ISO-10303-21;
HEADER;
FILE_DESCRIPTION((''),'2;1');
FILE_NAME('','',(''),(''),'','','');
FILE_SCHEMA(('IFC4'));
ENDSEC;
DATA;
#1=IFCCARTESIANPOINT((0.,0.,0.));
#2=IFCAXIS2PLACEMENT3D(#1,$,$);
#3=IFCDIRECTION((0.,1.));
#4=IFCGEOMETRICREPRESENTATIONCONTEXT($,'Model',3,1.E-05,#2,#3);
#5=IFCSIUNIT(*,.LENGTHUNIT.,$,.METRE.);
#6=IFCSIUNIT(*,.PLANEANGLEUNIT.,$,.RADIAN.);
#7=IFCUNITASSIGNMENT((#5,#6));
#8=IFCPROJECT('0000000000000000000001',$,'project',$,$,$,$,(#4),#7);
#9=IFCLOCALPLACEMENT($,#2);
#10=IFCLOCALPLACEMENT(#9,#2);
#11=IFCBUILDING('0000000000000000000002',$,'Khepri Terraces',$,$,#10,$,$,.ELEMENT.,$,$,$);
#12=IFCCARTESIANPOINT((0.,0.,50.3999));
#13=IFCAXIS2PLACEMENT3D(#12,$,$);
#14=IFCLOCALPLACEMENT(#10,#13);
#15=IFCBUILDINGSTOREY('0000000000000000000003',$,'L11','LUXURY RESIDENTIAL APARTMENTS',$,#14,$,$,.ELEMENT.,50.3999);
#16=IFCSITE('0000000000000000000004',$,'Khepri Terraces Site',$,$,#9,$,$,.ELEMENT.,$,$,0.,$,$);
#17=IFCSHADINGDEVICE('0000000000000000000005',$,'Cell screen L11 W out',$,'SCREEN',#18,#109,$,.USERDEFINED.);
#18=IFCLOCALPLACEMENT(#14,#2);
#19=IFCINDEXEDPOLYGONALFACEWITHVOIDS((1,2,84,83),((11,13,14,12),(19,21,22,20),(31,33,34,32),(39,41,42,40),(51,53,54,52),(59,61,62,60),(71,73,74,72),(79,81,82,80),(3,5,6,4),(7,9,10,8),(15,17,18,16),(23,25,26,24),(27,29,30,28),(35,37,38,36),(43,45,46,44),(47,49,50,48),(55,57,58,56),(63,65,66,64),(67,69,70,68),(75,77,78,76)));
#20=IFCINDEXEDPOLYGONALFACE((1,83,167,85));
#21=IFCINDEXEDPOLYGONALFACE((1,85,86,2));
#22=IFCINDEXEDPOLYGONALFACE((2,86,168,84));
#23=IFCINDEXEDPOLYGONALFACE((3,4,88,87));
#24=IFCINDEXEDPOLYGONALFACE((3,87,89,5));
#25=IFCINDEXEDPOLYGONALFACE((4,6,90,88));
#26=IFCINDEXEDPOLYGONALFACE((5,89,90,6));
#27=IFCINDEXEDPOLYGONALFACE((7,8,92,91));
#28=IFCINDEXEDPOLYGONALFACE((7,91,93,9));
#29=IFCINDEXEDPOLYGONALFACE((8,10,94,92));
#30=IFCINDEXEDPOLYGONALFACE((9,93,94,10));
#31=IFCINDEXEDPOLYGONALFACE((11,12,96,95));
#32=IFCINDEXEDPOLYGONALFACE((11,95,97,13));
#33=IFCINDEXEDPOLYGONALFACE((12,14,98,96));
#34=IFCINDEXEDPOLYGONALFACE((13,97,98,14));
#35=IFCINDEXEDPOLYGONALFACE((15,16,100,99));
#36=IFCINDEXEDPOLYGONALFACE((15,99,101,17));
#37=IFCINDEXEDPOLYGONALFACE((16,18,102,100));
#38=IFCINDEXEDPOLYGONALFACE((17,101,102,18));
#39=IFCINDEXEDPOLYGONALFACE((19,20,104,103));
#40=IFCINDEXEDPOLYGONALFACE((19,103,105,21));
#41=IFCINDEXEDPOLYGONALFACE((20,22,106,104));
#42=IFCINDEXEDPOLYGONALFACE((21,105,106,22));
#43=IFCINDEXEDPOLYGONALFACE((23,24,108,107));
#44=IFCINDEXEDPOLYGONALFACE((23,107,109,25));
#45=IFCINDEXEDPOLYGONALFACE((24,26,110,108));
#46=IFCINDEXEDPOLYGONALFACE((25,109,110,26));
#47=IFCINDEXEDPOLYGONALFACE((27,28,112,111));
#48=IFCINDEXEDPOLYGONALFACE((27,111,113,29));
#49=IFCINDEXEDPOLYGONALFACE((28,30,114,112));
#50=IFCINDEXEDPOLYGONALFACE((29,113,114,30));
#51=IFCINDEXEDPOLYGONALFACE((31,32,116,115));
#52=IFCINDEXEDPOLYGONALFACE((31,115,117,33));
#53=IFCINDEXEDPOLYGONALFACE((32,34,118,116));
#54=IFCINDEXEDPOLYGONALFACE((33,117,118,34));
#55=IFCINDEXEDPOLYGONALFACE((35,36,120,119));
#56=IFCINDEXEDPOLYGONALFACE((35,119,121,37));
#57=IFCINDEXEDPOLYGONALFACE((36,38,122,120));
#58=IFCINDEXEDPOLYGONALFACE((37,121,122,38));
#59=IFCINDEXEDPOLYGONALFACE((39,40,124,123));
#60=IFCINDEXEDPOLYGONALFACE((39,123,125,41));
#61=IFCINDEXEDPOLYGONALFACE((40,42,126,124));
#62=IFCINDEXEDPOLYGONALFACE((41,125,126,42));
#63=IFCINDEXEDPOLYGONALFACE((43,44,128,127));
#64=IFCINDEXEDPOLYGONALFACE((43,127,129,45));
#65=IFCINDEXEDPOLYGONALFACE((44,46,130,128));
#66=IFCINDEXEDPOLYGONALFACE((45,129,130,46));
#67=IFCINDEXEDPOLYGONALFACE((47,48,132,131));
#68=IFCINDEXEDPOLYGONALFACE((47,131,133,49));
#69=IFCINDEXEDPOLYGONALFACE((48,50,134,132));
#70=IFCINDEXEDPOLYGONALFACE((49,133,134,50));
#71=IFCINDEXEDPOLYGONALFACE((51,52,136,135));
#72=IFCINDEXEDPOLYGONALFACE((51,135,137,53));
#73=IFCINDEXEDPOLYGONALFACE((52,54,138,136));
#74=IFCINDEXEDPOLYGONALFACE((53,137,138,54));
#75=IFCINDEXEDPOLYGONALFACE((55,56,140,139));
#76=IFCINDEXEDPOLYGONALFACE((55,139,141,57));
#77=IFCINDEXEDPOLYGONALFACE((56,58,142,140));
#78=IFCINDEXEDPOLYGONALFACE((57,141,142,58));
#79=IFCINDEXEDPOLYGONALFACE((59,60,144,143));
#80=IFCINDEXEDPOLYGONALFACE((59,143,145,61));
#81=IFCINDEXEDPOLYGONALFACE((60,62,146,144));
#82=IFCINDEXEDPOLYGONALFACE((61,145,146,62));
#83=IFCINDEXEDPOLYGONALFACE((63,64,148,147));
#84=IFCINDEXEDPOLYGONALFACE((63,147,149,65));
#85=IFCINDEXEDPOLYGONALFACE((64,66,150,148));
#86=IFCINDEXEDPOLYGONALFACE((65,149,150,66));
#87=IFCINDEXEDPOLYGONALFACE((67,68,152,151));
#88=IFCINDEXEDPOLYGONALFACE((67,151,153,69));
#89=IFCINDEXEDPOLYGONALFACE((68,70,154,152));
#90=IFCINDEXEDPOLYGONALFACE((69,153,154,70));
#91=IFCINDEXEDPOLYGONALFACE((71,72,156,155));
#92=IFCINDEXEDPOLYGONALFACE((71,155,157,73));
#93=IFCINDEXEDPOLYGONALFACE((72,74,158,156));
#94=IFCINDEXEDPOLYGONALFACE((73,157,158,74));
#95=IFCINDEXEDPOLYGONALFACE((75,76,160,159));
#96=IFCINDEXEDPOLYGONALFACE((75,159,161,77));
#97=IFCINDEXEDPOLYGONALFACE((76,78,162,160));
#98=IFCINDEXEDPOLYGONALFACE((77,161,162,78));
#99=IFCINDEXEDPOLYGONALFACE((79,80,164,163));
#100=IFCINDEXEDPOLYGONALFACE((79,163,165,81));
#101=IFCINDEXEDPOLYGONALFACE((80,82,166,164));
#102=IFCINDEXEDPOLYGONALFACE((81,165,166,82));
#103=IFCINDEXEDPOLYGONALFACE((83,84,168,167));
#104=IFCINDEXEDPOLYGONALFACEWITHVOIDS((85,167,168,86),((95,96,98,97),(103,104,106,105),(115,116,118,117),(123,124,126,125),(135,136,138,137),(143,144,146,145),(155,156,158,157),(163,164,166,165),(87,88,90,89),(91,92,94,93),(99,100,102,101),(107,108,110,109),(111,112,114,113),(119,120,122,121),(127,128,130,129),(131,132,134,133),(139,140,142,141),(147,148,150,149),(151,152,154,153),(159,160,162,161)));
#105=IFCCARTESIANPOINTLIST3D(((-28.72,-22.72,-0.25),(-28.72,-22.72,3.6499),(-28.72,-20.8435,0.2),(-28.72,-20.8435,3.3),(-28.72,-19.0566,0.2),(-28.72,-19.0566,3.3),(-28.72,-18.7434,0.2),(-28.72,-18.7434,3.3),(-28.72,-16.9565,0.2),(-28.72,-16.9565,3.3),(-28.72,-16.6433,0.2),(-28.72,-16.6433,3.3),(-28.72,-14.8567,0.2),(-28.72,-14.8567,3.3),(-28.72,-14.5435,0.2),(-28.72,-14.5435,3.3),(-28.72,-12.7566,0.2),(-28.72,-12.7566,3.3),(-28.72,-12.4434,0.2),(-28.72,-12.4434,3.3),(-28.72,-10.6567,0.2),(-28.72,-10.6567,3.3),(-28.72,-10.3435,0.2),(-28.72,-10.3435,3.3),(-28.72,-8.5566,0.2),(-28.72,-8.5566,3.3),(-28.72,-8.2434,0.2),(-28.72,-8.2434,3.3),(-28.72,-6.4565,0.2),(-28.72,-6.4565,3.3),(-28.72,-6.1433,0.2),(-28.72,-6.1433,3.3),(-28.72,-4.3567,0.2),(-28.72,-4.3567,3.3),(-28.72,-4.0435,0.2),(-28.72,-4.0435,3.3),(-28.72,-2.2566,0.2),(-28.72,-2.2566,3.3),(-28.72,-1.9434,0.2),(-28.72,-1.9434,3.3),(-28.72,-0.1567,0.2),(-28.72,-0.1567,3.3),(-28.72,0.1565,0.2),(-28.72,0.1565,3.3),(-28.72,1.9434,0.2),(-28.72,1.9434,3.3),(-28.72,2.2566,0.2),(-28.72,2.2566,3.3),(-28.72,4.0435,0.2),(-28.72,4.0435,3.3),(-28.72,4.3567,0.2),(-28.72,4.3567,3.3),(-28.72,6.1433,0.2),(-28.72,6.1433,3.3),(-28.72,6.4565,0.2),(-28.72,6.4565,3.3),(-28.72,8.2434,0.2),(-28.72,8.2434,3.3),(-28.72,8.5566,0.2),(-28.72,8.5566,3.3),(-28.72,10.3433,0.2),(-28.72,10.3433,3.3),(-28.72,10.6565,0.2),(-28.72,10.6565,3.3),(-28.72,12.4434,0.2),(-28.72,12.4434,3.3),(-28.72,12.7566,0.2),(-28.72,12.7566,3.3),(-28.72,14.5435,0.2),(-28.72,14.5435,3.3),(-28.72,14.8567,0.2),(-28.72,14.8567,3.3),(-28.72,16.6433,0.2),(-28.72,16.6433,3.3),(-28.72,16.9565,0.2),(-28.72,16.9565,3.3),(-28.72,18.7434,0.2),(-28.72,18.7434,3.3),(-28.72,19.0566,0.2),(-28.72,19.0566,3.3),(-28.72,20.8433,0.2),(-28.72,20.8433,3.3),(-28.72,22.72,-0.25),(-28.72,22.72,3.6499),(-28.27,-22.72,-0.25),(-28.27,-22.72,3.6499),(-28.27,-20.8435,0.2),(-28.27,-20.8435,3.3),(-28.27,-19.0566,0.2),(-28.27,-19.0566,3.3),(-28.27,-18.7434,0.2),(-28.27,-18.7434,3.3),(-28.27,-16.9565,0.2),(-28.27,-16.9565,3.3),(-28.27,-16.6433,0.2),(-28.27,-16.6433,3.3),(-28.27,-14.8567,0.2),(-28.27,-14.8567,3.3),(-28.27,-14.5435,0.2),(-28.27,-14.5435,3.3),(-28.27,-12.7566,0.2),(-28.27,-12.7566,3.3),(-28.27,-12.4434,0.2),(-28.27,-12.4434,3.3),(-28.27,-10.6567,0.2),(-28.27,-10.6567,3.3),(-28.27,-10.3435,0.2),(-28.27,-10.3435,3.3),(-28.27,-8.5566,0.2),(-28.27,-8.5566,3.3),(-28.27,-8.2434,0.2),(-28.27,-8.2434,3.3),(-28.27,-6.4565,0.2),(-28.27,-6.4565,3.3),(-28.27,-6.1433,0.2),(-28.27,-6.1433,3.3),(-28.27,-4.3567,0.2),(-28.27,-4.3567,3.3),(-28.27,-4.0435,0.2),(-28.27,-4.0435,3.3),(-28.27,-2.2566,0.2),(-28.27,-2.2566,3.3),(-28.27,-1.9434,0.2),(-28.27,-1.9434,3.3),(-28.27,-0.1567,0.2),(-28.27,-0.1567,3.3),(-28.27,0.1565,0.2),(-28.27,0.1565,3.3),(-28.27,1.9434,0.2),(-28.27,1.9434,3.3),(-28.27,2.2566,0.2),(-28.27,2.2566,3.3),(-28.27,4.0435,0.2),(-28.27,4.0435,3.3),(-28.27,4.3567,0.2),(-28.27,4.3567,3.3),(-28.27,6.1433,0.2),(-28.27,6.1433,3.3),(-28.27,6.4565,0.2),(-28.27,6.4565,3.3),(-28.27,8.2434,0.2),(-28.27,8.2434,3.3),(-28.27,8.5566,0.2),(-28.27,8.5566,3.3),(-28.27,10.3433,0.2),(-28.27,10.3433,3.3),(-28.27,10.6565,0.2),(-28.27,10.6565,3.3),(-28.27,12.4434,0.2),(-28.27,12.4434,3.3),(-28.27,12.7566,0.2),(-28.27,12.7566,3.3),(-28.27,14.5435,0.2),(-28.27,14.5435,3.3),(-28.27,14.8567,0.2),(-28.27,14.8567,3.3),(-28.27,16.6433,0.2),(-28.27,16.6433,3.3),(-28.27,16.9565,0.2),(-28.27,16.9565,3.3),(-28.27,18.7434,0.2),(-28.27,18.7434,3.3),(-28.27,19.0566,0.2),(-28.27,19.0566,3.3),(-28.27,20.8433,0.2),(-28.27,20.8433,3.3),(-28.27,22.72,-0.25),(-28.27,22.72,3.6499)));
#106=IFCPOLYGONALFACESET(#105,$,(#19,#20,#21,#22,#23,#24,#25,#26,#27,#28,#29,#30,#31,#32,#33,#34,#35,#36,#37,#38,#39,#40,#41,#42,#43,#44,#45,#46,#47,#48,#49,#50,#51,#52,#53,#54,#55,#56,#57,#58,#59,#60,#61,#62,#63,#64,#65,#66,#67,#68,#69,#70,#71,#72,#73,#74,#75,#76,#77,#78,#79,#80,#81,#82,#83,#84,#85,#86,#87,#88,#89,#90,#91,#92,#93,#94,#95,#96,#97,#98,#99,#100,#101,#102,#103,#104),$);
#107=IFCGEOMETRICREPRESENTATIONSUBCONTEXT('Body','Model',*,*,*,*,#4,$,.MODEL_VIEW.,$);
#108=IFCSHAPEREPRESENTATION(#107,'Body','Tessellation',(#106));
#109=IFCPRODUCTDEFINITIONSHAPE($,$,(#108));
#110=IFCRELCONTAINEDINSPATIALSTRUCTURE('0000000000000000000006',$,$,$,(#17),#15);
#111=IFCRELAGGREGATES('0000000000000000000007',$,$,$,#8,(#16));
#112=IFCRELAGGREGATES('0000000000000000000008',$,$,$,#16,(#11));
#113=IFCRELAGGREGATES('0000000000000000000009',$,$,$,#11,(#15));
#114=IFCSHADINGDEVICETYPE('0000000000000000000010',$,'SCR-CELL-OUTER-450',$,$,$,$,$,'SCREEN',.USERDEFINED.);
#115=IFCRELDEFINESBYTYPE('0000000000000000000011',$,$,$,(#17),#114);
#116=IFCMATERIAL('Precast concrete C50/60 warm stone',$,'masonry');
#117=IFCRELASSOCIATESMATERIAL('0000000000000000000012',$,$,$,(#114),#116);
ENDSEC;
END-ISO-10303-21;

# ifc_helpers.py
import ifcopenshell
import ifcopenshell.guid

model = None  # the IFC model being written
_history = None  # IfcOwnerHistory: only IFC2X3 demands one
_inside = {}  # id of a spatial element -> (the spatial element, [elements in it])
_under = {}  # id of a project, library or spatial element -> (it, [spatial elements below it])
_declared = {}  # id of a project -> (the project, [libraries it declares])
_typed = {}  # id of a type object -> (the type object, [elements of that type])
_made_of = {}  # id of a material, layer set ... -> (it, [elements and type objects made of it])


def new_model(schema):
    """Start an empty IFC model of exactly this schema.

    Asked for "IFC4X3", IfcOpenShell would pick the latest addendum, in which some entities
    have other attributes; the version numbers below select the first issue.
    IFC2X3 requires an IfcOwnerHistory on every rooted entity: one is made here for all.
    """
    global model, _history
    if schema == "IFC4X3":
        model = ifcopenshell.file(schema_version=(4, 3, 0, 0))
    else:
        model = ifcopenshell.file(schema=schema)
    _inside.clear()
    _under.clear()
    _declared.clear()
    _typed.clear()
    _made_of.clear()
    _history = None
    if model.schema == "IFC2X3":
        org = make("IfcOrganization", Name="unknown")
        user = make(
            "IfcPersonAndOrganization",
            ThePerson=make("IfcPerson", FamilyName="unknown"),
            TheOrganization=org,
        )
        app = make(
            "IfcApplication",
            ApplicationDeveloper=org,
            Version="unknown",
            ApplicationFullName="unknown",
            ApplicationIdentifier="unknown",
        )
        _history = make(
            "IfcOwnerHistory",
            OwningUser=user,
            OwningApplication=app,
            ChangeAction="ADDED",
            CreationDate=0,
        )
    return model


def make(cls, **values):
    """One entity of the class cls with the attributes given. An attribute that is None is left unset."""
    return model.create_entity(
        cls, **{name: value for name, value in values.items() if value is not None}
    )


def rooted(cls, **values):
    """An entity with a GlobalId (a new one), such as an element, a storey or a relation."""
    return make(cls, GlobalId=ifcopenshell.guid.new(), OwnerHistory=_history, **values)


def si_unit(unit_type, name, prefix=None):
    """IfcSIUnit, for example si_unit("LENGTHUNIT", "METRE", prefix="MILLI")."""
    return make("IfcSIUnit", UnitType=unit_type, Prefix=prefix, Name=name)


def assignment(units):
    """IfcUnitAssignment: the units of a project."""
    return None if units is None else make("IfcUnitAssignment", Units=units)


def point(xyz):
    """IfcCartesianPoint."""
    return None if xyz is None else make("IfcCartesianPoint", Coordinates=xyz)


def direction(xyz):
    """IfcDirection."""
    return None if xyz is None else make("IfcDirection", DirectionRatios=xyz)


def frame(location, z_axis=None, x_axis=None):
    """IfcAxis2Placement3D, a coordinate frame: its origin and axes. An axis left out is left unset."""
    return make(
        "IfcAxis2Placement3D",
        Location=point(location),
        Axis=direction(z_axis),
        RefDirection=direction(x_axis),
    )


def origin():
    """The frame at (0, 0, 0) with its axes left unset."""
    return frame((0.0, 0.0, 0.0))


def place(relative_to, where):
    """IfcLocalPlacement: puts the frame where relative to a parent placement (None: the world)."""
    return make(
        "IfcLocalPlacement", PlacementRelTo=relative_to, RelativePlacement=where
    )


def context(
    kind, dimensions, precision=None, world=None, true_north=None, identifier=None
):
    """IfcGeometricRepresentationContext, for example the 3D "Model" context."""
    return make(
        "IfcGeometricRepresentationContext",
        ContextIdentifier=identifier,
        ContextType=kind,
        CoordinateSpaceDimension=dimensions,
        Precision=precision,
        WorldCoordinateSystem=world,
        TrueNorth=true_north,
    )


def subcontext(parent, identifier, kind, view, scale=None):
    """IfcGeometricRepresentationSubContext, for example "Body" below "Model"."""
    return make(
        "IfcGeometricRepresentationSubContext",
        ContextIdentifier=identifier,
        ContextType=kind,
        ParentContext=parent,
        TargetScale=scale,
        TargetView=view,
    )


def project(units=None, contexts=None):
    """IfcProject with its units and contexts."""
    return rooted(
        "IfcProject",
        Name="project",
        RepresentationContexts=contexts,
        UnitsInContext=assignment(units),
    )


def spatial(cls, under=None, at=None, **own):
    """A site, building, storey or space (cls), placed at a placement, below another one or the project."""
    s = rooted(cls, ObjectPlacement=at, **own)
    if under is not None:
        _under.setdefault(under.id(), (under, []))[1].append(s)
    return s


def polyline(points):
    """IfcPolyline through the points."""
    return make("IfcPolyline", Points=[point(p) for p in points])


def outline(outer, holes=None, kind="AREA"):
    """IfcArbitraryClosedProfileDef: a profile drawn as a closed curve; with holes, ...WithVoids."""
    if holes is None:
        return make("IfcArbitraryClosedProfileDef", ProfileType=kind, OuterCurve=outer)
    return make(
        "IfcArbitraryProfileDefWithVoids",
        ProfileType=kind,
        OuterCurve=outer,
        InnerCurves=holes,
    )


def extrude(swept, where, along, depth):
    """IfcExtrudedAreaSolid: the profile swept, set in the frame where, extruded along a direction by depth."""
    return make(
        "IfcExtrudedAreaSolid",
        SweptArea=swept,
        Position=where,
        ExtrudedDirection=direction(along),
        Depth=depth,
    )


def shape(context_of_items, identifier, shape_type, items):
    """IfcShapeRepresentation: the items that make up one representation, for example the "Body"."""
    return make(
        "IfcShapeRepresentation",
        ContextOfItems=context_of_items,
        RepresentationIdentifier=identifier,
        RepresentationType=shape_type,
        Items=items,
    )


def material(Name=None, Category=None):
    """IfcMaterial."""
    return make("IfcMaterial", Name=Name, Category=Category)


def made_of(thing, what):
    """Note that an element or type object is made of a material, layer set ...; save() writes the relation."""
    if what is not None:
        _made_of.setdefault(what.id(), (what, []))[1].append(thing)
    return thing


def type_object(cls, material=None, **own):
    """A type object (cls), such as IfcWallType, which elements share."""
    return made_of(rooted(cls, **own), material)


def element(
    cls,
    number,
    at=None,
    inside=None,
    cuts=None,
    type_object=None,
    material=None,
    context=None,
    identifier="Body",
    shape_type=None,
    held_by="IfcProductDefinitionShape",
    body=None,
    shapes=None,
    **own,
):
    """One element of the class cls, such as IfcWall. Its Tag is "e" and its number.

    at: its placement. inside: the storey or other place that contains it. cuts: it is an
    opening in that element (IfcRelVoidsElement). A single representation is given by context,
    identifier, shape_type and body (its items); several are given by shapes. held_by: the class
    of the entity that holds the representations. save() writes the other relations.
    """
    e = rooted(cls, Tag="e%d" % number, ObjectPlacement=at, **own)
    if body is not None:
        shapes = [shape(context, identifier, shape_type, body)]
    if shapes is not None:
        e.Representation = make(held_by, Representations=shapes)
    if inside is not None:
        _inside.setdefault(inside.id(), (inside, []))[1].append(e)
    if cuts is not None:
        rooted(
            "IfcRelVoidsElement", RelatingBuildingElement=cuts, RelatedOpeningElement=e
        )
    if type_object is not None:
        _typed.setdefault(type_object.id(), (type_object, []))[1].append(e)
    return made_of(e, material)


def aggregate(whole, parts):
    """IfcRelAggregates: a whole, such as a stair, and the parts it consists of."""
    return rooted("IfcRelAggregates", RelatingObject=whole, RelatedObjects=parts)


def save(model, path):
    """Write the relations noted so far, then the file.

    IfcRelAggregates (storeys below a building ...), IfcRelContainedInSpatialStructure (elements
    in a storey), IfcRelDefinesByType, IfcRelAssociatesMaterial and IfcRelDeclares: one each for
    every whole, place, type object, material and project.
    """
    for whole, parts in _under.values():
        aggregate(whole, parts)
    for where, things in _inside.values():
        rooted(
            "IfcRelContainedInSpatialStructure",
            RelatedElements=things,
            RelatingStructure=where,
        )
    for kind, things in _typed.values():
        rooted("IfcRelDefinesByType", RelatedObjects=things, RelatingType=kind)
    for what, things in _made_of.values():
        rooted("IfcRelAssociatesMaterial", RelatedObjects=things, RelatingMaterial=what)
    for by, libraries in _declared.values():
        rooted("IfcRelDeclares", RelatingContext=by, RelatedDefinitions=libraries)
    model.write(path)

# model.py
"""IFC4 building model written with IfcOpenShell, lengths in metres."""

from ifc_helpers import new_model, si_unit, direction, frame, origin, place, context, subcontext, project, spatial, polyline, outline, extrude, material, type_object, element, save


model = new_model("IFC4")

# Units and contexts
model_context = context("Model", 3, precision=1e-05, world=origin(), true_north=direction((0.0, 1.0)))
body_context = subcontext(model_context, "Body", "Model", "MODEL_VIEW")
ifc_project = project(units=[si_unit("LENGTHUNIT", "METRE"), si_unit("PLANEANGLEUNIT", "RADIAN")], contexts=[model_context])

# Site, building, storey
site_placement = place(None, origin())
site = spatial("IfcSite", under=ifc_project, at=site_placement, Name="Khepri Terraces Site", CompositionType="ELEMENT", RefElevation=0.0)
building_placement = place(site_placement, origin())
building = spatial("IfcBuilding", under=site, at=building_placement, Name="Khepri Terraces", CompositionType="ELEMENT")
storey_placement = place(building_placement, frame((0.0, 0.0, 50.3999)))
storey = spatial("IfcBuildingStorey", under=building, at=storey_placement, Name="L11", Description="LUXURY RESIDENTIAL APARTMENTS", CompositionType="ELEMENT", Elevation=50.3999)

# Shared definitions
ifc_material_1 = material(Name="Precast concrete C50/60 warm stone", Category="masonry")

# Shading device
shading_device_type_1 = type_object("IfcShadingDeviceType", Name="SCR-CELL-OUTER-450", ElementType="SCREEN", PredefinedType="USERDEFINED", material=ifc_material_1)
shading_device_1_placement = place(storey_placement, frame((-28.27, 22.72, -0.25), z_axis=(-1.0, 0.0, 0.0), x_axis=(0.0, -1.0, 0.0)))
element("IfcShadingDevice", 1, at=shading_device_1_placement, inside=storey, type_object=shading_device_type_1, Name="Cell screen L11 W out", ObjectType="SCREEN", PredefinedType="USERDEFINED", context=body_context, shape_type="SweptSolid", body=[
    extrude(outline(polyline([(0.0, 0.0), (45.4399, 0.0), (45.4399, 3.8999), (0.0, 3.8999), (0.0, 0.0)]), holes=[polyline([(1.8767, 0.45), (3.6633, 0.45), (3.6633, 3.55), (1.8767, 3.55), (1.8767, 0.45)]), polyline([(3.9766, 0.45), (5.7634, 0.45), (5.7634, 3.55), (3.9766, 3.55), (3.9766, 0.45)]), polyline([(6.0767, 0.45), (7.8633, 0.45), (7.8633, 3.55), (6.0767, 3.55), (6.0767, 0.45)]), polyline([(8.1765, 0.45), (9.9634, 0.45), (9.9634, 3.55), (8.1765, 3.55), (8.1765, 0.45)]), polyline([(10.2766, 0.45), (12.0635, 0.45), (12.0635, 3.55), (10.2766, 3.55), (10.2766, 0.45)]), polyline([(12.3767, 0.45), (14.1633, 0.45), (14.1633, 3.55), (12.3767, 3.55), (12.3767, 0.45)]), polyline([(14.4766, 0.45), (16.2634, 0.45), (16.2634, 3.55), (14.4766, 3.55), (14.4766, 0.45)]), polyline([(16.5767, 0.45), (18.3633, 0.45), (18.3633, 3.55), (16.5767, 3.55), (16.5767, 0.45)]), polyline([(18.6765, 0.45), (20.4634, 0.45), (20.4634, 3.55), (18.6765, 3.55), (18.6765, 0.45)]), polyline([(20.7766, 0.45), (22.5635, 0.45), (22.5635, 3.55), (20.7766, 3.55), (20.7766, 0.45)]), polyline([(22.8767, 0.45), (24.6633, 0.45), (24.6633, 3.55), (22.8767, 3.55), (22.8767, 0.45)]), polyline([(24.9766, 0.45), (26.7634, 0.45), (26.7634, 3.55), (24.9766, 3.55), (24.9766, 0.45)]), polyline([(27.0767, 0.45), (28.8633, 0.45), (28.8633, 3.55), (27.0767, 3.55), (27.0767, 0.45)]), polyline([(29.1765, 0.45), (30.9634, 0.45), (30.9634, 3.55), (29.1765, 3.55), (29.1765, 0.45)]), polyline([(31.2766, 0.45), (33.0635, 0.45), (33.0635, 3.55), (31.2766, 3.55), (31.2766, 0.45)]), polyline([(33.3767, 0.45), (35.1633, 0.45), (35.1633, 3.55), (33.3767, 3.55), (33.3767, 0.45)]), polyline([(35.4766, 0.45), (37.2634, 0.45), (37.2634, 3.55), (35.4766, 3.55), (35.4766, 0.45)]), polyline([(37.5767, 0.45), (39.3633, 0.45), (39.3633, 3.55), (37.5767, 3.55), (37.5767, 0.45)]), polyline([(39.6765, 0.45), (41.4634, 0.45), (41.4634, 3.55), (39.6765, 3.55), (39.6765, 0.45)]), polyline([(41.7766, 0.45), (43.5635, 0.45), (43.5635, 3.55), (41.7766, 3.55), (41.7766, 0.45)])]), origin(), (0.0, 0.0, 1.0), 0.45),
])

save(model, "model.ifc")
